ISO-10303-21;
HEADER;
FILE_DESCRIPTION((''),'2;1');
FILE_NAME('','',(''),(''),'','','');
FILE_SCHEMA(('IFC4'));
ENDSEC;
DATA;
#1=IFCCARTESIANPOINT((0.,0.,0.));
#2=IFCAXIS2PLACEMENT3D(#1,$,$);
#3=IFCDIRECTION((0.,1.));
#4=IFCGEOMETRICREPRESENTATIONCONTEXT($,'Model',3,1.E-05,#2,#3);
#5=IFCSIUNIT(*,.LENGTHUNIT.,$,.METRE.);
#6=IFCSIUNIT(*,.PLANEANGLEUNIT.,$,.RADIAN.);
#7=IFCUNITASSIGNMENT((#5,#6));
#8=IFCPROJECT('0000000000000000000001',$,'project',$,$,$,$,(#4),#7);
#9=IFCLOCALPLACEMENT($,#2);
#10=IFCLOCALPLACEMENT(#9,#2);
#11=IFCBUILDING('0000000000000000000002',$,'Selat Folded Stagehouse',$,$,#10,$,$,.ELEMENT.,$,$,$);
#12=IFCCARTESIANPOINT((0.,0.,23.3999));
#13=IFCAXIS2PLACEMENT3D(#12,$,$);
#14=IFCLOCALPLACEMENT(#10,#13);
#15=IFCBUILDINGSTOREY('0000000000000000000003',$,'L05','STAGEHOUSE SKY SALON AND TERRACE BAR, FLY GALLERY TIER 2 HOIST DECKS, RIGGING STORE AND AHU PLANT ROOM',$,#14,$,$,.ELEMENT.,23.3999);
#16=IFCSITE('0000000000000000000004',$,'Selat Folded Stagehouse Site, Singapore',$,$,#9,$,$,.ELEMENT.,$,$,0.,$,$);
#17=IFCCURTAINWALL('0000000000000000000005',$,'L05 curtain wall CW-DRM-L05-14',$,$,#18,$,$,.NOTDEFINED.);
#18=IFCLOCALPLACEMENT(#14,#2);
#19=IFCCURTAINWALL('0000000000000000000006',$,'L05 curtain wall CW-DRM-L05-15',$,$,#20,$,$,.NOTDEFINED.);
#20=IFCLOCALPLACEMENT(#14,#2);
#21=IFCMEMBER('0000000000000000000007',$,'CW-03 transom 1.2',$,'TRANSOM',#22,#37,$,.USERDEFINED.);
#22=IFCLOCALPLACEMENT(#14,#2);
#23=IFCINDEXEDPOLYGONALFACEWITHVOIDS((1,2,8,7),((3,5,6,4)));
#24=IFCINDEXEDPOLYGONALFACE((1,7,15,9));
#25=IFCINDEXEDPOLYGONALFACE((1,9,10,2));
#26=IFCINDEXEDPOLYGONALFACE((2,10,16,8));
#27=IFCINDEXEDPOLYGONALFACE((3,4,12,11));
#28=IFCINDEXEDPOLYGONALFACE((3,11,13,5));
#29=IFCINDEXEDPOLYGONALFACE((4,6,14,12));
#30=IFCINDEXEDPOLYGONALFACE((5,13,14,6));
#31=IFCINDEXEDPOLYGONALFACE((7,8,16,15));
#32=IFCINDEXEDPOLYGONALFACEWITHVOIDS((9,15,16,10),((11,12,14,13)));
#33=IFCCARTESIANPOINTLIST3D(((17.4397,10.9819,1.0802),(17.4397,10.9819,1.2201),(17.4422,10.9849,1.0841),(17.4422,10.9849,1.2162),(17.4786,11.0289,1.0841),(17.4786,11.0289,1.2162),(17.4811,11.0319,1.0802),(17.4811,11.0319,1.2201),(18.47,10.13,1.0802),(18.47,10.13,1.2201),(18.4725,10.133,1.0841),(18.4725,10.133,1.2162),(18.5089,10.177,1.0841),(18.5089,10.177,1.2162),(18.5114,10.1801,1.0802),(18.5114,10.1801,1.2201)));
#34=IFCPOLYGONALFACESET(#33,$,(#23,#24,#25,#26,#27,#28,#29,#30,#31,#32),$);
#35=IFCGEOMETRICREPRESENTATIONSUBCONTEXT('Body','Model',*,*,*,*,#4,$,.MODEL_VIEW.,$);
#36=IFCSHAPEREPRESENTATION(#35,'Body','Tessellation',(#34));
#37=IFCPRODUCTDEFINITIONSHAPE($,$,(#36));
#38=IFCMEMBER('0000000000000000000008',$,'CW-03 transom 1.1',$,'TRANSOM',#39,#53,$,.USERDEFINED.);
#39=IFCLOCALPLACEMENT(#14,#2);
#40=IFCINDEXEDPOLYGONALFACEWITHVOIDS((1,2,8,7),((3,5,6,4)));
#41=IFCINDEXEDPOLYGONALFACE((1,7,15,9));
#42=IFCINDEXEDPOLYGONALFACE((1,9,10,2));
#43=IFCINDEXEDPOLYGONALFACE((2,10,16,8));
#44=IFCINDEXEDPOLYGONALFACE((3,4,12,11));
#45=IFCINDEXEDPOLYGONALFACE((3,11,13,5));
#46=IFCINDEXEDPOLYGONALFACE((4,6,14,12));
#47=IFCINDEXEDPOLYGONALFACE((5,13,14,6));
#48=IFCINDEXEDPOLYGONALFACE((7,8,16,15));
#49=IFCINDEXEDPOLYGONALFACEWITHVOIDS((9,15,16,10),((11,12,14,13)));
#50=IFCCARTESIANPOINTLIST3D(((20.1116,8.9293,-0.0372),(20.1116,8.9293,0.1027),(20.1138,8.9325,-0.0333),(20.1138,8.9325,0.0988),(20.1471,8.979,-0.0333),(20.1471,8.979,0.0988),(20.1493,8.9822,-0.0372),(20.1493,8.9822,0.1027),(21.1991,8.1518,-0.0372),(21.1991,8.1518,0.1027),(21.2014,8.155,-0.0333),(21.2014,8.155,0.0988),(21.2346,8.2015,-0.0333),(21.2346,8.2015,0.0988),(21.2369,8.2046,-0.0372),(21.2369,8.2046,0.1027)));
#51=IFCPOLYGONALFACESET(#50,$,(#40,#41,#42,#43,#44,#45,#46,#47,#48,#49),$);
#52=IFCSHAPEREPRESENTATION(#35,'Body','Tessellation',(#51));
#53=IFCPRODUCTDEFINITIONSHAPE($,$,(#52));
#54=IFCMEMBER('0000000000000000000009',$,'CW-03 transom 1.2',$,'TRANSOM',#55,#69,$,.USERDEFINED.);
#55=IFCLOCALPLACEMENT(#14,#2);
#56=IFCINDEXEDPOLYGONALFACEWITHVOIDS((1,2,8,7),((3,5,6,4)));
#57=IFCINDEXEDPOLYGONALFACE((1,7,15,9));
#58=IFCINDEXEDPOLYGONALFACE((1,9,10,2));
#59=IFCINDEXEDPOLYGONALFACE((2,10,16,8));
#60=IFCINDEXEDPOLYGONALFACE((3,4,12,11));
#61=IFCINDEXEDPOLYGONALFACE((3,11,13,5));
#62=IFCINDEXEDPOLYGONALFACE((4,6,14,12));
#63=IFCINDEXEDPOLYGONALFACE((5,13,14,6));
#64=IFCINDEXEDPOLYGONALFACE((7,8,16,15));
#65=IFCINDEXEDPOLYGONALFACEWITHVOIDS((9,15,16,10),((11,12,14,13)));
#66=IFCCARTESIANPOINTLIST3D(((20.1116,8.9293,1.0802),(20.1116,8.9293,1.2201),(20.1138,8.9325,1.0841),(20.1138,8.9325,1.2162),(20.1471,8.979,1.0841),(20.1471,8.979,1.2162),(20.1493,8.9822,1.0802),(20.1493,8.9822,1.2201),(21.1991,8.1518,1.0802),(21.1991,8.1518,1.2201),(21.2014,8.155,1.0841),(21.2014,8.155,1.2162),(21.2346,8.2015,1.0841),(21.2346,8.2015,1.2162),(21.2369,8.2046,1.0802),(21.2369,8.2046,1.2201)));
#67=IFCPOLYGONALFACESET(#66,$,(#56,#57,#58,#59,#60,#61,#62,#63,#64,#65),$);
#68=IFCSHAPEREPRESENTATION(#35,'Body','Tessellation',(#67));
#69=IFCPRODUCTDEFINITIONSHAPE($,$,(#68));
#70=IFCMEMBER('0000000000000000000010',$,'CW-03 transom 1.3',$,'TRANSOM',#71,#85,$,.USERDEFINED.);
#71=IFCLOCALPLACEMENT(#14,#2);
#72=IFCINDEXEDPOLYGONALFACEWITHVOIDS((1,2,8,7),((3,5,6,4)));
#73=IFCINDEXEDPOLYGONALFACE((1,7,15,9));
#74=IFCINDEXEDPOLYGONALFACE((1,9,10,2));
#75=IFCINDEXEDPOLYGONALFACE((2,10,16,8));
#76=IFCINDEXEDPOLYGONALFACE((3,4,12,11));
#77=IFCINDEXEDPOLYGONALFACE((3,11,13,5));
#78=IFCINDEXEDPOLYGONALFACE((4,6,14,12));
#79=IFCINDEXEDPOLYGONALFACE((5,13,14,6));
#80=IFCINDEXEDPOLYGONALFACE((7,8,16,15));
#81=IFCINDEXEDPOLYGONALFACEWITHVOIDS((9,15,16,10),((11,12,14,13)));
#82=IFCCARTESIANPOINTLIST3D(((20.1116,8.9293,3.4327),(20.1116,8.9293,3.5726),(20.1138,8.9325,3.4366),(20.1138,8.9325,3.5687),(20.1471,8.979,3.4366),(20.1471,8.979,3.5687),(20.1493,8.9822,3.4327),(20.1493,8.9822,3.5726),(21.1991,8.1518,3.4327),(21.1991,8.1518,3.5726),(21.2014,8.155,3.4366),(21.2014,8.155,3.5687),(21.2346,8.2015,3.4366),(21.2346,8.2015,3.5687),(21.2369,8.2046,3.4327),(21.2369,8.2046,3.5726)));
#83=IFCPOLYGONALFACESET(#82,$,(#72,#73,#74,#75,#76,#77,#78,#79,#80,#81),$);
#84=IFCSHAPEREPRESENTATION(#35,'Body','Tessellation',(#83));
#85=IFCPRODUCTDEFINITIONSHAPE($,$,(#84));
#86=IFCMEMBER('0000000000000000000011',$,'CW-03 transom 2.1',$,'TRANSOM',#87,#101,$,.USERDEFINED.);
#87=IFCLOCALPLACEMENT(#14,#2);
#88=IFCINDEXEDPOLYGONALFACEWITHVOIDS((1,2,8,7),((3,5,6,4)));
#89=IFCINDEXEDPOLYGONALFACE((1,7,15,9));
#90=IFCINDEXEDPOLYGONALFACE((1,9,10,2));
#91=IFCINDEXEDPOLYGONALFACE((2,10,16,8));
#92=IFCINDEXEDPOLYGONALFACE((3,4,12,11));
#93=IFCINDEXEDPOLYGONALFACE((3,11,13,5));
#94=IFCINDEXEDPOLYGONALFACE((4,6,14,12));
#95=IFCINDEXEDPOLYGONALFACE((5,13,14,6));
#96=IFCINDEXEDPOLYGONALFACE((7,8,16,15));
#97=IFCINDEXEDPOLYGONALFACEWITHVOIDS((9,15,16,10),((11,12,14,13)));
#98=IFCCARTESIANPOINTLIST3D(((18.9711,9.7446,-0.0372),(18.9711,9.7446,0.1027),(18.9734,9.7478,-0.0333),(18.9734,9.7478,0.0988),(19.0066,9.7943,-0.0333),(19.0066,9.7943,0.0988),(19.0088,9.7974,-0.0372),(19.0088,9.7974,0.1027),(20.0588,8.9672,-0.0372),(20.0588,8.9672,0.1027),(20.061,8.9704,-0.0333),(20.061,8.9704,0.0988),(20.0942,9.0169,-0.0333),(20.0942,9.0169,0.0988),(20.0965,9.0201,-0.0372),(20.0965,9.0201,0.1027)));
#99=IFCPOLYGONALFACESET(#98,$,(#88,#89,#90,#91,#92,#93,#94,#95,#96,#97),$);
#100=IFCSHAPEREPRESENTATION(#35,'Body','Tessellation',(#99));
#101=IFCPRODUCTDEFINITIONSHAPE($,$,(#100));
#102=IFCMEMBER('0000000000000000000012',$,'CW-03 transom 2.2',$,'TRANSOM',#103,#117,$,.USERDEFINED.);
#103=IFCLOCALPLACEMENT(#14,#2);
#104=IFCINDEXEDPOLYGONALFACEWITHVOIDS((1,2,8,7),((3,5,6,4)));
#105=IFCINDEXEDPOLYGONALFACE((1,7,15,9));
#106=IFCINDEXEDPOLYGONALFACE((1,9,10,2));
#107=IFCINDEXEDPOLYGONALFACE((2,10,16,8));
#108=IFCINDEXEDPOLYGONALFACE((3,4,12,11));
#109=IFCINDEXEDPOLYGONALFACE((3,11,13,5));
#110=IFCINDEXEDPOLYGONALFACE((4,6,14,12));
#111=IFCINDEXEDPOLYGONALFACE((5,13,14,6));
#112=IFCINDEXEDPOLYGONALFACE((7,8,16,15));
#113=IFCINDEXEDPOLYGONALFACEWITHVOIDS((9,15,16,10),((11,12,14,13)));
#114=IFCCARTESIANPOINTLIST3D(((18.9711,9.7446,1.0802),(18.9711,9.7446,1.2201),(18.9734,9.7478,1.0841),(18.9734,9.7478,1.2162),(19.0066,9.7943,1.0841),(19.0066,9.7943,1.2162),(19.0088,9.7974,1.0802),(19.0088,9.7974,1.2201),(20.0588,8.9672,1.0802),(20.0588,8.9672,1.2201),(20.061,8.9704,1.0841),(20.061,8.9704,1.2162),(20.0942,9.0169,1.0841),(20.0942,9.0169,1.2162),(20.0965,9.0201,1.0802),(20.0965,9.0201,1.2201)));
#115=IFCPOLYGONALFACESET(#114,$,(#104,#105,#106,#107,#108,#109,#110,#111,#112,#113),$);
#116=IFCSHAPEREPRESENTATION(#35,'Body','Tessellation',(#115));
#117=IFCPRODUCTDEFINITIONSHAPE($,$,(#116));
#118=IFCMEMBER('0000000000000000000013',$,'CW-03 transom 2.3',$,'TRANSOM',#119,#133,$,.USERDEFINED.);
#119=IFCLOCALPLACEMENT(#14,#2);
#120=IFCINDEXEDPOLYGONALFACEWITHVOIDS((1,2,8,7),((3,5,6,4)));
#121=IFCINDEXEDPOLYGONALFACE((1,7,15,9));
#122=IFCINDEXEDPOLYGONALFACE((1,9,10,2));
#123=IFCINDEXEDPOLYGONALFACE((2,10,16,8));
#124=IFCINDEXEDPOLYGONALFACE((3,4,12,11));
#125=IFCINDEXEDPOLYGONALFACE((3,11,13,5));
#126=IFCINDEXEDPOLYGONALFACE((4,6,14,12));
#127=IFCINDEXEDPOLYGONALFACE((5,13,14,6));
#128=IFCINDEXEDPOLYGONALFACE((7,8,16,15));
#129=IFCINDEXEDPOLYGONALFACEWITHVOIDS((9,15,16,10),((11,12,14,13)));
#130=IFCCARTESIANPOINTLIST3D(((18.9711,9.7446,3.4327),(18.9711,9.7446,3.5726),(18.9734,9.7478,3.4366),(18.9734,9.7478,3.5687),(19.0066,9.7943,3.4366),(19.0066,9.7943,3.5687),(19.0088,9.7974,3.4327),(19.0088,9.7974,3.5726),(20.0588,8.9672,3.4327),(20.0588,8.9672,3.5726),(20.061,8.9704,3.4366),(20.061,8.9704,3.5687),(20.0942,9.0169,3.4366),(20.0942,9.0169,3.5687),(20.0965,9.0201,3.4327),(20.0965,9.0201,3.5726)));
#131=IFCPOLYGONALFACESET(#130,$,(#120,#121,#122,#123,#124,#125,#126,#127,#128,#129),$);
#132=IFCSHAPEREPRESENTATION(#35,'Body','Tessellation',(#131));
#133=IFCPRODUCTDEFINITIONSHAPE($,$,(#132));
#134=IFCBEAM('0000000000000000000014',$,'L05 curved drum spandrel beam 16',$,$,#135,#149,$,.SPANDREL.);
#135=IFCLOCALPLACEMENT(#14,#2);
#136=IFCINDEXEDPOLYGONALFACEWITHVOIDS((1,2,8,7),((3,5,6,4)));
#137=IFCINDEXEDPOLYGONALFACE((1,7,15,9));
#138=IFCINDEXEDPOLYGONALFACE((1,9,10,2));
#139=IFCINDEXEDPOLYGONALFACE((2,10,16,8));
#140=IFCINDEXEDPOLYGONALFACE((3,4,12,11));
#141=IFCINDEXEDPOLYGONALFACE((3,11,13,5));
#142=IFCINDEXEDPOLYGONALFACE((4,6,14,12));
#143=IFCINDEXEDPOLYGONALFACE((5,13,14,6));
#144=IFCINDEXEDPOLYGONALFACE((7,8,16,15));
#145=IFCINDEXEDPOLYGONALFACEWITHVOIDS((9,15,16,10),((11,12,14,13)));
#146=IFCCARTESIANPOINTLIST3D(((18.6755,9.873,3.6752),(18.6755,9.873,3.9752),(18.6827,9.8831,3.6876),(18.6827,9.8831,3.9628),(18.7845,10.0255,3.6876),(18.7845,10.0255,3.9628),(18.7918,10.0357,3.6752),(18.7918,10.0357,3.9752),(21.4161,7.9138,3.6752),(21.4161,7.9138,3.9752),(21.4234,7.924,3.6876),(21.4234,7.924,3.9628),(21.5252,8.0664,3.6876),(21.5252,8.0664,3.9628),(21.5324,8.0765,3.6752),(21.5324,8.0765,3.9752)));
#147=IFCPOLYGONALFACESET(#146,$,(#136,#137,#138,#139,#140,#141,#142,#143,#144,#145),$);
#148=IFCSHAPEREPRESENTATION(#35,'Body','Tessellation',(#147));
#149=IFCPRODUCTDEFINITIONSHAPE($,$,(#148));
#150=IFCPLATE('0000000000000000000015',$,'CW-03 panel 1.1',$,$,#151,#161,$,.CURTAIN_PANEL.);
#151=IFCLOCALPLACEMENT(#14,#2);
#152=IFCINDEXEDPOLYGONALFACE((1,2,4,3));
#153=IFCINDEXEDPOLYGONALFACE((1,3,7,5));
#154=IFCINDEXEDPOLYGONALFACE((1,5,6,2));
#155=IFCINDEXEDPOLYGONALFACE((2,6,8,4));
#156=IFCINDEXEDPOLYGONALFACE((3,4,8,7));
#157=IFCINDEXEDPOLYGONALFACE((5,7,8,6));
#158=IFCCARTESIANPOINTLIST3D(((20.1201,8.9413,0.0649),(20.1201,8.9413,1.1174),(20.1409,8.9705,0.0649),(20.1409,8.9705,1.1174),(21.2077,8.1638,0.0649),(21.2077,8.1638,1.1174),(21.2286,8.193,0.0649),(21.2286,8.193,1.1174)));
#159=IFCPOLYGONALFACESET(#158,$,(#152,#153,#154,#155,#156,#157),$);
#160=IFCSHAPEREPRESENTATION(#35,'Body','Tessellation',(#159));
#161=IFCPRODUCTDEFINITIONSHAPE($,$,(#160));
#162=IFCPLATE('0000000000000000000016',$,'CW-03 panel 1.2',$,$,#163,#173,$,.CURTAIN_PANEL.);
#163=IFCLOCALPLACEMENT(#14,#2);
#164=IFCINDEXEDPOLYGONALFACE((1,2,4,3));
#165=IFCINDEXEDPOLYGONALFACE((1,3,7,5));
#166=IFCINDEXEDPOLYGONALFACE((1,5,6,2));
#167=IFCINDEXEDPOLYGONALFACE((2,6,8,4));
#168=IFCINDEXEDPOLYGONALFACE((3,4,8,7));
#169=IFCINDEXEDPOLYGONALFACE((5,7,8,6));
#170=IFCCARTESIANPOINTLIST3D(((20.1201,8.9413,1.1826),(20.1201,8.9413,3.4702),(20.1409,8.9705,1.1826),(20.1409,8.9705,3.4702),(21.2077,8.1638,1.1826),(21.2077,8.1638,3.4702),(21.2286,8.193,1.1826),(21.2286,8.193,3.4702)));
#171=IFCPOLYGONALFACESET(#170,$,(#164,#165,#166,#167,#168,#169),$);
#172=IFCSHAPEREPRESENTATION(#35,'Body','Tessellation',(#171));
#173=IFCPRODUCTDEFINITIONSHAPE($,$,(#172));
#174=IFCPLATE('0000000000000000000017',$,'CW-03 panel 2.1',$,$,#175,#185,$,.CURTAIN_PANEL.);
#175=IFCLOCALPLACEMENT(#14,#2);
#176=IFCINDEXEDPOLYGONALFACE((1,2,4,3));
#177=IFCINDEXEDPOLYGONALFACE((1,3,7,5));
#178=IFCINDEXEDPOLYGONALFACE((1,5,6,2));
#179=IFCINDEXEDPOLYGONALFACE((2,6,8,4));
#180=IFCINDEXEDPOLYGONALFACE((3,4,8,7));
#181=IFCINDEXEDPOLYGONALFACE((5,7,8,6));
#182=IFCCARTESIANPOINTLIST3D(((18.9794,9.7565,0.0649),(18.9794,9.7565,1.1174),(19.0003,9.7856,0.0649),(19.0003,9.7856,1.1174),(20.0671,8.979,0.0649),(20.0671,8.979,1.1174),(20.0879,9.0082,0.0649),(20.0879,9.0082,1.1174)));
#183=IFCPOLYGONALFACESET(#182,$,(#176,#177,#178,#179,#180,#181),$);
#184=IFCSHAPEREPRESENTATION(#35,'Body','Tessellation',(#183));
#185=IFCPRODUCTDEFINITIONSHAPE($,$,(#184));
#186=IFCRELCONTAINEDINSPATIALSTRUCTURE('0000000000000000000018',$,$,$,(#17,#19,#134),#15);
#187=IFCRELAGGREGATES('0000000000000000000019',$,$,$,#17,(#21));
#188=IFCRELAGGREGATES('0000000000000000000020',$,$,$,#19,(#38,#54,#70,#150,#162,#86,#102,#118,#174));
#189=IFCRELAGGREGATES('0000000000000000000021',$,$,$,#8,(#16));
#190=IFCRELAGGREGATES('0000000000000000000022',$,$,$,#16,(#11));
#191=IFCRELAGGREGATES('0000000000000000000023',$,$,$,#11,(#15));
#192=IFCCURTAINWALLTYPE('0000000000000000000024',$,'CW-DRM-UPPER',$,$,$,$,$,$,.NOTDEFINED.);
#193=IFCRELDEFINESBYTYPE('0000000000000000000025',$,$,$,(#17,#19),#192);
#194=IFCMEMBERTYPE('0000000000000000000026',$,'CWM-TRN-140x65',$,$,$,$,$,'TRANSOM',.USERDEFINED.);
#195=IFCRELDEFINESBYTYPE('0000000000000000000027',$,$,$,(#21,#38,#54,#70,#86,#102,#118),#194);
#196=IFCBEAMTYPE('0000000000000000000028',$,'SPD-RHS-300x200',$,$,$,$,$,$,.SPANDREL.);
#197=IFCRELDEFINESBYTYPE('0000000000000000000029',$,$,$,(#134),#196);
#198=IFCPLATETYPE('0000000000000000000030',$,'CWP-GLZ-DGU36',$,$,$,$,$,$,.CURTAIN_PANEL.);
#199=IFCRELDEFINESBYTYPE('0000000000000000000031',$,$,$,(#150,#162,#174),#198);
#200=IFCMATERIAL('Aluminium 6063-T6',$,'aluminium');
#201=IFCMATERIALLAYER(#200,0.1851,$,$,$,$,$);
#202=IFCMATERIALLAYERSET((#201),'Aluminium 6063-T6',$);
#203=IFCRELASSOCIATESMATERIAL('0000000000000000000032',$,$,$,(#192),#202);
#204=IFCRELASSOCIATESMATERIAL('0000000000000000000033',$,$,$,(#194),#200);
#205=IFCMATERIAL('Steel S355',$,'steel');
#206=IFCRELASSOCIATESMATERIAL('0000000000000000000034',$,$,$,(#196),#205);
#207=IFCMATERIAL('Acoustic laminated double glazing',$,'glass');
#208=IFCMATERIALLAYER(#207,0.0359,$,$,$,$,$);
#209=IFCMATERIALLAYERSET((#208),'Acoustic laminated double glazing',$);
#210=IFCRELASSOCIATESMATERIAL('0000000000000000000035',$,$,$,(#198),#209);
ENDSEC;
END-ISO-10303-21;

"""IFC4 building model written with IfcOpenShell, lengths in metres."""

from ifc_helpers import new_model, si_unit, direction, frame, origin, origin_2d, place, context, subcontext, project, spatial, rectangle, hollow_rectangle, extrude, material, layer, layer_set, material_profile, profile_set, type_object, element, aggregate, save


model = new_model("IFC4")

# Units and contexts
model_context = context("Model", 3, precision=1e-05, world=origin(), true_north=direction((0.0, 1.0)))
body_context = subcontext(model_context, "Body", "Model", "MODEL_VIEW")
ifc_project = project(units=[si_unit("LENGTHUNIT", "METRE"), si_unit("PLANEANGLEUNIT", "RADIAN")], contexts=[model_context])

# Site, building, storey
site_placement = place(None, origin())
site = spatial("IfcSite", under=ifc_project, at=site_placement, Name="Selat Folded Stagehouse Site, Singapore", CompositionType="ELEMENT", RefElevation=0.0)
building_placement = place(site_placement, origin())
building = spatial("IfcBuilding", under=site, at=building_placement, Name="Selat Folded Stagehouse", CompositionType="ELEMENT")
storey_placement = place(building_placement, frame((0.0, 0.0, 23.3999)))
storey = spatial("IfcBuildingStorey", under=building, at=storey_placement, Name="L05", Description="STAGEHOUSE SKY SALON AND TERRACE BAR, FLY GALLERY TIER 2 HOIST DECKS, RIGGING STORE AND AHU PLANT ROOM", CompositionType="ELEMENT", Elevation=23.3999)

# Shared definitions
ifc_material_1 = material(Name="Steel S355", Category="steel")

# Curtain wall
ifc_material_2 = material(Name="Aluminium 6063-T6", Category="aluminium")
ifc_layer_1 = layer(ifc_material_2, 0.1851)
ifc_layer_set_1 = layer_set([ifc_layer_1], Name="Aluminium 6063-T6")
curtain_wall_type = type_object("IfcCurtainWallType", Name="CW-DRM-UPPER", PredefinedType="NOTDEFINED", material=ifc_layer_set_1)
curtain_wall_1_placement = place(storey_placement, origin())
curtain_wall_1 = element("IfcCurtainWall", 1, at=curtain_wall_1_placement, inside=storey, type_object=curtain_wall_type, Name="L05 curtain wall CW-DRM-L05-14", PredefinedType="NOTDEFINED")

# Curtain wall
curtain_wall_2_placement = place(storey_placement, origin())
curtain_wall_2 = element("IfcCurtainWall", 2, at=curtain_wall_2_placement, inside=storey, type_object=curtain_wall_type, Name="L05 curtain wall CW-DRM-L05-15", PredefinedType="NOTDEFINED")

# Members
ifc_material_profile_1 = material_profile(ifc_material_2, hollow_rectangle(XDim=0.0649, YDim=0.1399, WallThickness=0.0039, at=origin_2d()), Name="ALU 140x65x4.0")
ifc_profile_set_1 = profile_set([ifc_material_profile_1], Name="Aluminium 6063-T6")
member_type_1 = type_object("IfcMemberType", Name="CWM-TRN-140x65", ElementType="TRANSOM", PredefinedType="USERDEFINED", material=ifc_profile_set_1)
member_1_placement = place(storey_placement, frame((18.4907, 10.155, 1.1501), z_axis=(-0.7707, 0.637198, 0.0), x_axis=(-0.637198, -0.7707, 0.0)))
member_1 = element("IfcMember", 3, at=member_1_placement, type_object=member_type_1, Name="CW-03 transom 1.2", ObjectType="TRANSOM", PredefinedType="USERDEFINED", context=body_context, shape_type="SweptSolid", body=[
    extrude(hollow_rectangle(XDim=0.0649, YDim=0.1399, WallThickness=0.0039, at=origin_2d()), origin(), (0.0, 0.0, 1.0), 1.3369),
])
aggregate(curtain_wall_1, [member_1])
member_2_placement = place(storey_placement, frame((21.218, 8.1782, 0.0327), z_axis=(-0.813487, 0.581584, 0.0), x_axis=(-0.581584, -0.813487, 0.0)))
member_2 = element("IfcMember", 4, at=member_2_placement, type_object=member_type_1, Name="CW-03 transom 1.1", ObjectType="TRANSOM", PredefinedType="USERDEFINED", context=body_context, shape_type="SweptSolid", body=[
    extrude(hollow_rectangle(XDim=0.0649, YDim=0.1399, WallThickness=0.0039, at=origin_2d()), origin(), (0.0, 0.0, 1.0), 1.3369),
])
member_3_placement = place(storey_placement, frame((21.218, 8.1782, 1.1501), z_axis=(-0.813487, 0.581584, 0.0), x_axis=(-0.581584, -0.813487, 0.0)))
member_3 = element("IfcMember", 5, at=member_3_placement, type_object=member_type_1, Name="CW-03 transom 1.2", ObjectType="TRANSOM", PredefinedType="USERDEFINED", context=body_context, shape_type="SweptSolid", body=[
    extrude(hollow_rectangle(XDim=0.0649, YDim=0.1399, WallThickness=0.0039, at=origin_2d()), origin(), (0.0, 0.0, 1.0), 1.3369),
])
member_4_placement = place(storey_placement, frame((21.218, 8.1782, 3.5027), z_axis=(-0.813487, 0.581584, 0.0), x_axis=(-0.581584, -0.813487, 0.0)))
member_4 = element("IfcMember", 6, at=member_4_placement, type_object=member_type_1, Name="CW-03 transom 1.3", ObjectType="TRANSOM", PredefinedType="USERDEFINED", context=body_context, shape_type="SweptSolid", body=[
    extrude(hollow_rectangle(XDim=0.0649, YDim=0.1399, WallThickness=0.0039, at=origin_2d()), origin(), (0.0, 0.0, 1.0), 1.3369),
])
member_5_placement = place(storey_placement, frame((20.0776, 8.9937, 0.0327), z_axis=(-0.813573, 0.581463, 0.0), x_axis=(-0.581463, -0.813573, 0.0)))
member_5 = element("IfcMember", 7, at=member_5_placement, type_object=member_type_1, Name="CW-03 transom 2.1", ObjectType="TRANSOM", PredefinedType="USERDEFINED", context=body_context, shape_type="SweptSolid", body=[
    extrude(hollow_rectangle(XDim=0.0649, YDim=0.1399, WallThickness=0.0039, at=origin_2d()), origin(), (0.0, 0.0, 1.0), 1.3369),
])
member_6_placement = place(storey_placement, frame((20.0776, 8.9937, 1.1501), z_axis=(-0.813573, 0.581463, 0.0), x_axis=(-0.581463, -0.813573, 0.0)))
member_6 = element("IfcMember", 8, at=member_6_placement, type_object=member_type_1, Name="CW-03 transom 2.2", ObjectType="TRANSOM", PredefinedType="USERDEFINED", context=body_context, shape_type="SweptSolid", body=[
    extrude(hollow_rectangle(XDim=0.0649, YDim=0.1399, WallThickness=0.0039, at=origin_2d()), origin(), (0.0, 0.0, 1.0), 1.3369),
])
member_7_placement = place(storey_placement, frame((20.0776, 8.9937, 3.5027), z_axis=(-0.813573, 0.581463, 0.0), x_axis=(-0.581463, -0.813573, 0.0)))
member_7 = element("IfcMember", 9, at=member_7_placement, type_object=member_type_1, Name="CW-03 transom 2.3", ObjectType="TRANSOM", PredefinedType="USERDEFINED", context=body_context, shape_type="SweptSolid", body=[
    extrude(hollow_rectangle(XDim=0.0649, YDim=0.1399, WallThickness=0.0039, at=origin_2d()), origin(), (0.0, 0.0, 1.0), 1.3369),
])

# Beam
ifc_material_profile_2 = material_profile(ifc_material_1, hollow_rectangle(XDim=0.2, YDim=0.3, WallThickness=0.0125, at=origin_2d()), Name="RHS 300x200x12.5")
ifc_profile_set_2 = profile_set([ifc_material_profile_2], Name="Steel S355")
beam_type = type_object("IfcBeamType", Name="SPD-RHS-300x200", PredefinedType="SPANDREL", material=ifc_profile_set_2)
beam_placement = place(storey_placement, frame((18.7336, 9.9543, 3.8252), z_axis=(0.813513, -0.581547, 0.0), x_axis=(0.581547, 0.813513, 0.0)))
element("IfcBeam", 10, at=beam_placement, inside=storey, type_object=beam_type, Name="L05 curved drum spandrel beam 16", PredefinedType="SPANDREL", context=body_context, shape_type="SweptSolid", body=[
    extrude(hollow_rectangle(XDim=0.2, YDim=0.3, WallThickness=0.0125, at=origin_2d()), origin(), (0.0, 0.0, 1.0), 3.3689),
])

# Plates
ifc_material_3 = material(Name="Acoustic laminated double glazing", Category="glass")
ifc_layer_2 = layer(ifc_material_3, 0.0359)
ifc_layer_set_2 = layer_set([ifc_layer_2], Name="Acoustic laminated double glazing")
plate_type_1 = type_object("IfcPlateType", Name="CWP-GLZ-DGU36", PredefinedType="CURTAIN_PANEL", material=ifc_layer_set_2)
plate_1_placement = place(storey_placement, frame((20.6743, 8.5671, 0.0649), z_axis=(0.0, 0.0, 1.0), x_axis=(-0.813526, 0.581528, 0.0)))
plate_1 = element("IfcPlate", 11, at=plate_1_placement, type_object=plate_type_1, Name="CW-03 panel 1.1", PredefinedType="CURTAIN_PANEL", context=body_context, shape_type="SweptSolid", body=[
    extrude(rectangle(XDim=1.3369, YDim=0.0359, at=origin_2d()), origin(), (0.0, 0.0, 1.0), 1.0525),
])
plate_2_placement = place(storey_placement, frame((20.6743, 8.5671, 1.1826), z_axis=(0.0, 0.0, 1.0), x_axis=(-0.813526, 0.581528, 0.0)))
plate_2 = element("IfcPlate", 12, at=plate_2_placement, type_object=plate_type_1, Name="CW-03 panel 1.2", PredefinedType="CURTAIN_PANEL", context=body_context, shape_type="SweptSolid", body=[
    extrude(rectangle(XDim=1.3369, YDim=0.0359, at=origin_2d()), origin(), (0.0, 0.0, 1.0), 2.2876),
])
plate_3_placement = place(storey_placement, frame((19.5337, 9.3823, 0.0649), z_axis=(0.0, 0.0, 1.0), x_axis=(-0.813526, 0.581528, 0.0)))
plate_3 = element("IfcPlate", 13, at=plate_3_placement, type_object=plate_type_1, Name="CW-03 panel 2.1", PredefinedType="CURTAIN_PANEL", context=body_context, shape_type="SweptSolid", body=[
    extrude(rectangle(XDim=1.3369, YDim=0.0359, at=origin_2d()), origin(), (0.0, 0.0, 1.0), 1.0525),
])
aggregate(curtain_wall_2, [member_2, member_3, member_4, plate_1, plate_2, member_5, member_6, member_7, plate_3])

save(model, "model.ifc")
